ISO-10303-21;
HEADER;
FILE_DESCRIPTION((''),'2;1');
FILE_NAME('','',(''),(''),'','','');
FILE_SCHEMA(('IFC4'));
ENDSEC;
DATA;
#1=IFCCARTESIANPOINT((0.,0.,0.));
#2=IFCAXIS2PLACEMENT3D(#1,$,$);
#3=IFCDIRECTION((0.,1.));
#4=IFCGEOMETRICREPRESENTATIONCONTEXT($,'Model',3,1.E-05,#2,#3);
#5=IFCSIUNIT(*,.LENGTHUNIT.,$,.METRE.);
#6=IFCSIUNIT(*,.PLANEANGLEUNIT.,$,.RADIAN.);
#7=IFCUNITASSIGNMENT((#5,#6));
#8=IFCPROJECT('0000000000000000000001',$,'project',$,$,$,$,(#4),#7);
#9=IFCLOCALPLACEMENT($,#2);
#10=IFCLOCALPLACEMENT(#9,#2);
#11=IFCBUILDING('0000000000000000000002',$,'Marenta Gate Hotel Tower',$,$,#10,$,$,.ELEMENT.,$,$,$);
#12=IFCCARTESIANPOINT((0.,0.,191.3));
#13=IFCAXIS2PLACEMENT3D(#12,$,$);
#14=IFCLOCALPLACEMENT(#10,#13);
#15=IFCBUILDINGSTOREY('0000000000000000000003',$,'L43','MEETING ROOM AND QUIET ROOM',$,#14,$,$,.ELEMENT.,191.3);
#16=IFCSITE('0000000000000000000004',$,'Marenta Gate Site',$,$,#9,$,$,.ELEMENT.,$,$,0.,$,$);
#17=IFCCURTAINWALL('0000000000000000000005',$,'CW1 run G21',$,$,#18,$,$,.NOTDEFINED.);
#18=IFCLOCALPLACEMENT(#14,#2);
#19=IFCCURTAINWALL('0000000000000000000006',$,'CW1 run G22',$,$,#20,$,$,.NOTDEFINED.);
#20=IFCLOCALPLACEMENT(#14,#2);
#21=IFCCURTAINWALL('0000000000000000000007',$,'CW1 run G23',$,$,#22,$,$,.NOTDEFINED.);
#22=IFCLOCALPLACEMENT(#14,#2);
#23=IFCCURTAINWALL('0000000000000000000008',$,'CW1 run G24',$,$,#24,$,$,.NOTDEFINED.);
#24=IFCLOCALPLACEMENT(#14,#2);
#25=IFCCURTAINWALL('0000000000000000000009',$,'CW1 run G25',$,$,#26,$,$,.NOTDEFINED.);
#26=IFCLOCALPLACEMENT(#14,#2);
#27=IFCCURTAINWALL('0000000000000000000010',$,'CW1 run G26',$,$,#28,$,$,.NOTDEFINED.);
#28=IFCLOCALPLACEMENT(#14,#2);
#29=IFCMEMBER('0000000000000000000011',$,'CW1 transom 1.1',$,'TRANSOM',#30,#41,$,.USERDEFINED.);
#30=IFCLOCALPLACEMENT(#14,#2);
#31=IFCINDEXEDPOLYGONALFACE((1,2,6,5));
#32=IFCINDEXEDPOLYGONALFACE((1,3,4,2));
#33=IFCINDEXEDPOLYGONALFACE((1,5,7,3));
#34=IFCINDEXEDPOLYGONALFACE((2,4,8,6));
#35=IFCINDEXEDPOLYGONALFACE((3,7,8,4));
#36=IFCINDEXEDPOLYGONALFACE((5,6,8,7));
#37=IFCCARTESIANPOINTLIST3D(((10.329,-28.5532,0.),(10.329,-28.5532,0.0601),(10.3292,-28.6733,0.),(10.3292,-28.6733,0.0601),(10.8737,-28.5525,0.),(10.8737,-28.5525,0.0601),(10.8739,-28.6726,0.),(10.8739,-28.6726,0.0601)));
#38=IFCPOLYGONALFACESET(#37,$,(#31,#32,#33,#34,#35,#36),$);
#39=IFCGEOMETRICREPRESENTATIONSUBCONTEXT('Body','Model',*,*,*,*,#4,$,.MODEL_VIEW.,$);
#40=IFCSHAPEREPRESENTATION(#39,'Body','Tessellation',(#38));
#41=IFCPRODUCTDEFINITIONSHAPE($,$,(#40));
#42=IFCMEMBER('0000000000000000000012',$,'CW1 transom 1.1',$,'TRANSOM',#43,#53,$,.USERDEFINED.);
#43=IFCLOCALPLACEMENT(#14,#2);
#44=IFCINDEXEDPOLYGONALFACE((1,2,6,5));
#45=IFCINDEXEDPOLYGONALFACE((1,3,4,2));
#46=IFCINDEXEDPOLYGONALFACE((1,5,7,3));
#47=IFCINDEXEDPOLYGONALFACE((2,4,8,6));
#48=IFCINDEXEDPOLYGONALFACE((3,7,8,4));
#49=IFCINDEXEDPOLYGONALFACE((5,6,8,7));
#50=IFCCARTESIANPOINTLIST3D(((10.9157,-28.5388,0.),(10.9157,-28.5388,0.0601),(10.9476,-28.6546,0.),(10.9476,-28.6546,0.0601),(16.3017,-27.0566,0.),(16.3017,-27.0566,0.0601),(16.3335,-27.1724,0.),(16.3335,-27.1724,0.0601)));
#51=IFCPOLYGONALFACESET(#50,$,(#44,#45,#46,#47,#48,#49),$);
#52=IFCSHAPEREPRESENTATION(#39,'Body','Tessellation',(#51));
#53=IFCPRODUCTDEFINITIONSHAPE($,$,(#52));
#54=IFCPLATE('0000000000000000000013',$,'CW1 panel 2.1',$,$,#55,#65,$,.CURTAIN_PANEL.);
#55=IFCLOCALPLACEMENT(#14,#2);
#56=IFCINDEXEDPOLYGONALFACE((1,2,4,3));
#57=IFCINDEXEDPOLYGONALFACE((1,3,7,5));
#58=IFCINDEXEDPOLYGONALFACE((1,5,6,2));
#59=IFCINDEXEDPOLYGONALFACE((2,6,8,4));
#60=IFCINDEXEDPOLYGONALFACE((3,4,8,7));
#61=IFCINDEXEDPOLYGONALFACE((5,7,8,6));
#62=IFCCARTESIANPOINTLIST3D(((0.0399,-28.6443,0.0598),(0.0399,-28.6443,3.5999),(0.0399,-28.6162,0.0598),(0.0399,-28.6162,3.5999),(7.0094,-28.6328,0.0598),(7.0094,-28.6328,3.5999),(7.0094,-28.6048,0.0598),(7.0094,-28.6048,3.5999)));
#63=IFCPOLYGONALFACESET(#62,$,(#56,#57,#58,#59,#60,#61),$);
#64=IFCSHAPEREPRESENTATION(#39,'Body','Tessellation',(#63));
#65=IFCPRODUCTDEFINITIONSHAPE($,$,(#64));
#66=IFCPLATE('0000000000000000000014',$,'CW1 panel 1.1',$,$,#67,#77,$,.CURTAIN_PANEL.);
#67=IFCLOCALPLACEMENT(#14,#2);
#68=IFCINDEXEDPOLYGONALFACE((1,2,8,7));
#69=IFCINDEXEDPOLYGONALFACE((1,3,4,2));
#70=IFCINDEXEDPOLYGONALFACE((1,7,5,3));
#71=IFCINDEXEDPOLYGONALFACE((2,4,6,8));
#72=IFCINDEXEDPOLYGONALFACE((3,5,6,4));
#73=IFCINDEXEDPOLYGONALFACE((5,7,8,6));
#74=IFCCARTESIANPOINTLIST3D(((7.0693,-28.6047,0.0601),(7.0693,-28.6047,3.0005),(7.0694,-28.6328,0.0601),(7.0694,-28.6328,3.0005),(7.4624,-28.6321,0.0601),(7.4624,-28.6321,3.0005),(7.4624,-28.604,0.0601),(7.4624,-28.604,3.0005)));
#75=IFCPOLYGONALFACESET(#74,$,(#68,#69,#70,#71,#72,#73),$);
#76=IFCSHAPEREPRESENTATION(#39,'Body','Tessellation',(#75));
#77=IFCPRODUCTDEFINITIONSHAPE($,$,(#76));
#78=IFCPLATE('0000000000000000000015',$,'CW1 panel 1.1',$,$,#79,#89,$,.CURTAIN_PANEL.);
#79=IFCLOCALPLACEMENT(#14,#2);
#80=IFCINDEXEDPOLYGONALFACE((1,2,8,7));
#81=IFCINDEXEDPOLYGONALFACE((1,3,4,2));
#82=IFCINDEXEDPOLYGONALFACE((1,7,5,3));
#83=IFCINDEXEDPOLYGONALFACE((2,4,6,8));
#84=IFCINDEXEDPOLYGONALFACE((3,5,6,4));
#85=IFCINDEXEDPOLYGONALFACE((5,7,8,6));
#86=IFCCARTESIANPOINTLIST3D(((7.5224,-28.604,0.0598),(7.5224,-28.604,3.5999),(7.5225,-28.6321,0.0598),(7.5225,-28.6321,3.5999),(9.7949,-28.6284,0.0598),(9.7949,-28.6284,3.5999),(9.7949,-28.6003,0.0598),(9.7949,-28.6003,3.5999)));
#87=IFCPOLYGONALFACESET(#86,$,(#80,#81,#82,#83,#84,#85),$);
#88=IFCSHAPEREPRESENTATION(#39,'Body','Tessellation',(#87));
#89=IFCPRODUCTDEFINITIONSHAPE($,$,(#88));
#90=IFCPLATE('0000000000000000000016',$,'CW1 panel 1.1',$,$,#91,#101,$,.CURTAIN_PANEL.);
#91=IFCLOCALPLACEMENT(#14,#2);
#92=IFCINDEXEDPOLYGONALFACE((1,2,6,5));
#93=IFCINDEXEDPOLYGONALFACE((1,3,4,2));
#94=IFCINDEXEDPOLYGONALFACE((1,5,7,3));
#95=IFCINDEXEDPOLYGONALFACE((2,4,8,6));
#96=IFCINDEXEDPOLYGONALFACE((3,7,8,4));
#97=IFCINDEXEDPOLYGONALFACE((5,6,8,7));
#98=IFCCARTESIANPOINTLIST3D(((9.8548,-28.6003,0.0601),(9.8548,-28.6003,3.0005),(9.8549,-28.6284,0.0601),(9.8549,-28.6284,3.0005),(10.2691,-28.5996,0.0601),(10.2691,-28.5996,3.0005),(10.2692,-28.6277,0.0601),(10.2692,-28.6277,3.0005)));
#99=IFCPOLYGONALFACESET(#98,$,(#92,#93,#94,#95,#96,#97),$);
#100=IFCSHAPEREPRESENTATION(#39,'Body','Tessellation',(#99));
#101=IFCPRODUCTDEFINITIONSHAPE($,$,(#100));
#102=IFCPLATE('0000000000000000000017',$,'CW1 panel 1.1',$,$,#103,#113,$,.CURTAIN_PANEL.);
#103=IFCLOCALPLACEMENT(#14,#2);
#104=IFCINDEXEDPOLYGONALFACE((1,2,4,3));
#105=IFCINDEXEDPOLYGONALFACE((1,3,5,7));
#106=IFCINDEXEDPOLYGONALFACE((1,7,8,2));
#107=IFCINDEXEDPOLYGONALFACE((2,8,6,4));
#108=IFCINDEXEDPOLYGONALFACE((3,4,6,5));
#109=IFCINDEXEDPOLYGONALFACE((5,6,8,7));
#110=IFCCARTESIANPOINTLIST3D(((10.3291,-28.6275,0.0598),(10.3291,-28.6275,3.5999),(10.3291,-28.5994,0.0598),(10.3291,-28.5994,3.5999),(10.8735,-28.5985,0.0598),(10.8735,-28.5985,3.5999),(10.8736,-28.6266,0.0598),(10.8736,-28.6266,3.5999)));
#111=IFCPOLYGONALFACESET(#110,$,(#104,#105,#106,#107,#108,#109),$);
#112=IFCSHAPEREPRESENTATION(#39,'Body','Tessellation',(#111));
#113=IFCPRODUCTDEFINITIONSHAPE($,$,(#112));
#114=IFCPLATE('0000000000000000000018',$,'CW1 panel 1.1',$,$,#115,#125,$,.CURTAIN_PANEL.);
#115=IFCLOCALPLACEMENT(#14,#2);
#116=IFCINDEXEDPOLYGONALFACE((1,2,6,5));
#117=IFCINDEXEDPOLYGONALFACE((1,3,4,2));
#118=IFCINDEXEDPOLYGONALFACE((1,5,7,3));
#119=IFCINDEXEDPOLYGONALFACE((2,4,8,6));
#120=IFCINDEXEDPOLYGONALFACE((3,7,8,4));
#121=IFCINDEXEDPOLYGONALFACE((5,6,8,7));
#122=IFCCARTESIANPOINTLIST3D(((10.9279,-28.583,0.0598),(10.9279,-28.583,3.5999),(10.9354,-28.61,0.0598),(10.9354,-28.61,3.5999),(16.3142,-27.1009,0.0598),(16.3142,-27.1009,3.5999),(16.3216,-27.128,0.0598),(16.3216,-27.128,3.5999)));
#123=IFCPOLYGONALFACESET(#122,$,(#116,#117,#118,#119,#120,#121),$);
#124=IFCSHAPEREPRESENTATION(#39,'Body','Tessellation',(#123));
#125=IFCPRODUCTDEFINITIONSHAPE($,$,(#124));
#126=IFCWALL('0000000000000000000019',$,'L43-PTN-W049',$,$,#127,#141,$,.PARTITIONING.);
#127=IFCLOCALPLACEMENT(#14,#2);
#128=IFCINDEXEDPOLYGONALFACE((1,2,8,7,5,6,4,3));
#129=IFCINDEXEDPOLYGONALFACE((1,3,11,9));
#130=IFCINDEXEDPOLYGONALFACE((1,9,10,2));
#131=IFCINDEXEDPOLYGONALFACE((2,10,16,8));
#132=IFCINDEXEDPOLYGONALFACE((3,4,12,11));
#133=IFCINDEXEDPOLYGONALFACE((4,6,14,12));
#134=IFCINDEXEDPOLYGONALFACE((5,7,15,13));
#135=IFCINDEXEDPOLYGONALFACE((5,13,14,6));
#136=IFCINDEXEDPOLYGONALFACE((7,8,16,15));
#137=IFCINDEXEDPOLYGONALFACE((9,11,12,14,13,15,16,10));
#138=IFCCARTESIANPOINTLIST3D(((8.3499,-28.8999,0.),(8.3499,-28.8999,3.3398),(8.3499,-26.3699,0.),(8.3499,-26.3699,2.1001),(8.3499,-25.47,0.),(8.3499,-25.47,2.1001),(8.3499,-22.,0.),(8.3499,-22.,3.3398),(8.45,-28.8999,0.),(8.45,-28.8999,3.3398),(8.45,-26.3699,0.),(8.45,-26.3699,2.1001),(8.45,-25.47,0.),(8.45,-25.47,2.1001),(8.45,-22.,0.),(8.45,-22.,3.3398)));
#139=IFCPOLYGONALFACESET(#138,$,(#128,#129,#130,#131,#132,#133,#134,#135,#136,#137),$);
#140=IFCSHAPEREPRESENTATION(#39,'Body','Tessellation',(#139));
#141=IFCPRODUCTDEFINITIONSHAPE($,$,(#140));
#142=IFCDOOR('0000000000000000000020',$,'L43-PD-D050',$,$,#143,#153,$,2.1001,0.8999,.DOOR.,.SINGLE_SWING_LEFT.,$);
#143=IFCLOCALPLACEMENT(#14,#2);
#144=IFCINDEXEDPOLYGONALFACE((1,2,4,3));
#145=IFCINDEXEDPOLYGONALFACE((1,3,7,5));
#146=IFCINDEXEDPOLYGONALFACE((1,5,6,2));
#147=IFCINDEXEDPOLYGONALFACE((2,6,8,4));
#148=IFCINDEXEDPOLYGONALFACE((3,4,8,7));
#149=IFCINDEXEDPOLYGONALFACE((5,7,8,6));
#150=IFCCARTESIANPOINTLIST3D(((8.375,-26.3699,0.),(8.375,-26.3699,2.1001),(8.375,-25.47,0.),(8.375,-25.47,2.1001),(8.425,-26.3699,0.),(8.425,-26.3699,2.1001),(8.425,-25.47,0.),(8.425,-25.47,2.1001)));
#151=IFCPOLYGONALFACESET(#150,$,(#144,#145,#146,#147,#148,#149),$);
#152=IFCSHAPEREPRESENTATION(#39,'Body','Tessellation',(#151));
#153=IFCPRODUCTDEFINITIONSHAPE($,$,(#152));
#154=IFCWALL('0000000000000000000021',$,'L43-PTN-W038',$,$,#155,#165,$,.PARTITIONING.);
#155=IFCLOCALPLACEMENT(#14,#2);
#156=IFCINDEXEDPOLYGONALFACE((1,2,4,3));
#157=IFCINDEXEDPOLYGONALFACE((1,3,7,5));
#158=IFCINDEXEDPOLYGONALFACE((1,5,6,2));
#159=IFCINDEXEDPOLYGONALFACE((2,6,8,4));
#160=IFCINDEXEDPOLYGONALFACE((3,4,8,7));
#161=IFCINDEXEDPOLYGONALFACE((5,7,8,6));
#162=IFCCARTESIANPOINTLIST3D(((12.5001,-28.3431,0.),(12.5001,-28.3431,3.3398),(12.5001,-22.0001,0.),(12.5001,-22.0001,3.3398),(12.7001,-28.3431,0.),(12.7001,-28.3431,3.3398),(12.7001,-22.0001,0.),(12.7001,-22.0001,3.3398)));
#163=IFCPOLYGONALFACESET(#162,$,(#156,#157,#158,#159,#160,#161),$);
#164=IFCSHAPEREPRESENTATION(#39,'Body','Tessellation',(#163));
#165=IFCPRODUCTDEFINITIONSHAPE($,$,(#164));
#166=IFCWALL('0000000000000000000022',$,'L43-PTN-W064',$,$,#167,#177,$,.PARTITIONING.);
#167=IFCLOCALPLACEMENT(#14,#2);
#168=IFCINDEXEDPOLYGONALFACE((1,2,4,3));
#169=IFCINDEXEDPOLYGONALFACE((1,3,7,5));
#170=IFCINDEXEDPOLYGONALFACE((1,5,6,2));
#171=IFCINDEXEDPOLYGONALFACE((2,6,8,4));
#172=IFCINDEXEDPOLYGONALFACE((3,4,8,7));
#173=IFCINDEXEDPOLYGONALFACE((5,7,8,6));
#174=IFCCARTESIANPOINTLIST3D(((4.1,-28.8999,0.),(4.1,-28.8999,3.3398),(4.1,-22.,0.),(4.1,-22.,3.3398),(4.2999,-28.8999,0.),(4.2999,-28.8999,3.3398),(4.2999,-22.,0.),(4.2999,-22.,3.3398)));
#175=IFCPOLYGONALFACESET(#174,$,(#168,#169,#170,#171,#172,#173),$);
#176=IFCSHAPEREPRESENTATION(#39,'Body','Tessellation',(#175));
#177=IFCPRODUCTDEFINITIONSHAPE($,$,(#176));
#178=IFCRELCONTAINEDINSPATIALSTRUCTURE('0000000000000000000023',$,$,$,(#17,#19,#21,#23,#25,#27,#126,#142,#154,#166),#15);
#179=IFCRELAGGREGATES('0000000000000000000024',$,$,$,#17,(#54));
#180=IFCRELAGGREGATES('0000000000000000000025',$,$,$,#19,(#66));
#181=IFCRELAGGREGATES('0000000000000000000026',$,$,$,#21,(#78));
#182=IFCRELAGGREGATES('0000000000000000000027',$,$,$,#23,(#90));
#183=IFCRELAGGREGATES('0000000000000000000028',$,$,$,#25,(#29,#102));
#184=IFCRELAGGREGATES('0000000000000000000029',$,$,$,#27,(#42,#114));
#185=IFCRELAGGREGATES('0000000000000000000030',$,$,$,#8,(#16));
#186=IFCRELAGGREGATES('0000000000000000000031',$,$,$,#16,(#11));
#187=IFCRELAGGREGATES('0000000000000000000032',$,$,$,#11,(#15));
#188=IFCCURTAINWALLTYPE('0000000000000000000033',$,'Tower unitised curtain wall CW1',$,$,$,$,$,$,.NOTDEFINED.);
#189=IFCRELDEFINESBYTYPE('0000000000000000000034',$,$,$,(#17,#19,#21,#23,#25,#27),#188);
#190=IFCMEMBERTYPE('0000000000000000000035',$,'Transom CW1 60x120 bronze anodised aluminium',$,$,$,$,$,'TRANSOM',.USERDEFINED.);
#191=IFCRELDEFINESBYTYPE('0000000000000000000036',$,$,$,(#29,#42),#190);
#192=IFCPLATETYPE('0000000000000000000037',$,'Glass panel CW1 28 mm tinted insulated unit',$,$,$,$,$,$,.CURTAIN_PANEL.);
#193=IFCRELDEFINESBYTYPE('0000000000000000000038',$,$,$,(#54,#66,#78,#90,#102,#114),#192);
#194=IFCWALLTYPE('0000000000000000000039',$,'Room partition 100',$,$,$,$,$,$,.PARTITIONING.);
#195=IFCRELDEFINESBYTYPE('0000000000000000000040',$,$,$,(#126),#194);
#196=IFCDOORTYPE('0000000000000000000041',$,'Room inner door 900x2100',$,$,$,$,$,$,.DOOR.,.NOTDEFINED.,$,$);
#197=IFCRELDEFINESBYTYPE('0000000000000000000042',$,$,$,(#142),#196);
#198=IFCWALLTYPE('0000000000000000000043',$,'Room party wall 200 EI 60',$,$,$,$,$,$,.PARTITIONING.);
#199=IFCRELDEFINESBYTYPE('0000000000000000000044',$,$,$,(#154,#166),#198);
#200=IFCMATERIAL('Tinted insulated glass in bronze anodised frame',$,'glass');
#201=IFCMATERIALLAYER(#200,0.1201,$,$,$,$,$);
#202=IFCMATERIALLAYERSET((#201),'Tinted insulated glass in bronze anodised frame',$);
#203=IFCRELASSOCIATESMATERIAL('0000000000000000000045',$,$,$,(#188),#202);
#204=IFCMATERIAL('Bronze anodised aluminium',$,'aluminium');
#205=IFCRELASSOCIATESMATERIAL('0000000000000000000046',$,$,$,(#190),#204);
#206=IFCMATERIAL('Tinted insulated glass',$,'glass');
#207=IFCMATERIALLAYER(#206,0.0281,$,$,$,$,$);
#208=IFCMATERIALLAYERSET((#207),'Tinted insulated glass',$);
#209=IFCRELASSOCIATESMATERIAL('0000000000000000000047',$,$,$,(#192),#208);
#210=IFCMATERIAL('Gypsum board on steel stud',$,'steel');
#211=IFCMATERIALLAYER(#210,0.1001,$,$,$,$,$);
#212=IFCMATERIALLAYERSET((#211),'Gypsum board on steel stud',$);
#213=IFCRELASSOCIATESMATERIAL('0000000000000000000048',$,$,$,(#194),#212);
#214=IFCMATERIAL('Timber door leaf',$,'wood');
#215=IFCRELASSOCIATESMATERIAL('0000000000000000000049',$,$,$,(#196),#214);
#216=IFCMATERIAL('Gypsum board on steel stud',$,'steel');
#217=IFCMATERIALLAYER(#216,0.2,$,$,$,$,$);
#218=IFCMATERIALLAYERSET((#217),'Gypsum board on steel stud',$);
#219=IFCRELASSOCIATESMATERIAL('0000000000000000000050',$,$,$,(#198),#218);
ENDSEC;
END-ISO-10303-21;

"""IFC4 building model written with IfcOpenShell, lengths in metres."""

from ifc_helpers import new_model, si_unit, direction, frame, frame_2d, origin, origin_2d, place, context, subcontext, project, spatial, rectangle, extrude, material, layer, layer_set, material_profile, profile_set, type_object, element, fill, aggregate, save


model = new_model("IFC4")

# Units and contexts
model_context = context("Model", 3, precision=1e-05, world=origin(), true_north=direction((0.0, 1.0)))
body_context = subcontext(model_context, "Body", "Model", "MODEL_VIEW")
ifc_project = project(units=[si_unit("LENGTHUNIT", "METRE"), si_unit("PLANEANGLEUNIT", "RADIAN")], contexts=[model_context])

# Site, building, storey
site_placement = place(None, origin())
site = spatial("IfcSite", under=ifc_project, at=site_placement, Name="Marenta Gate Site", CompositionType="ELEMENT", RefElevation=0.0)
building_placement = place(site_placement, origin())
building = spatial("IfcBuilding", under=site, at=building_placement, Name="Marenta Gate Hotel Tower", CompositionType="ELEMENT")
storey_placement = place(building_placement, frame((0.0, 0.0, 191.3)))
storey = spatial("IfcBuildingStorey", under=building, at=storey_placement, Name="L43", Description="MEETING ROOM AND QUIET ROOM", CompositionType="ELEMENT", Elevation=191.3)

# Curtain walls
ifc_material_1 = material(Name="Tinted insulated glass in bronze anodised frame", Category="glass")
ifc_layer_1 = layer(ifc_material_1, 0.1201)
ifc_layer_set_1 = layer_set([ifc_layer_1], Name="Tinted insulated glass in bronze anodised frame")
curtain_wall_type = type_object("IfcCurtainWallType", Name="Tower unitised curtain wall CW1", PredefinedType="NOTDEFINED", material=ifc_layer_set_1)
curtain_wall_1_placement = place(storey_placement, origin())
curtain_wall_1 = element("IfcCurtainWall", 1, at=curtain_wall_1_placement, inside=storey, type_object=curtain_wall_type, Name="CW1 run G21", PredefinedType="NOTDEFINED")
curtain_wall_2_placement = place(storey_placement, origin())
curtain_wall_2 = element("IfcCurtainWall", 2, at=curtain_wall_2_placement, inside=storey, type_object=curtain_wall_type, Name="CW1 run G22", PredefinedType="NOTDEFINED")
curtain_wall_3_placement = place(storey_placement, origin())
curtain_wall_3 = element("IfcCurtainWall", 3, at=curtain_wall_3_placement, inside=storey, type_object=curtain_wall_type, Name="CW1 run G23", PredefinedType="NOTDEFINED")
curtain_wall_4_placement = place(storey_placement, origin())
curtain_wall_4 = element("IfcCurtainWall", 4, at=curtain_wall_4_placement, inside=storey, type_object=curtain_wall_type, Name="CW1 run G24", PredefinedType="NOTDEFINED")
curtain_wall_5_placement = place(storey_placement, origin())
curtain_wall_5 = element("IfcCurtainWall", 5, at=curtain_wall_5_placement, inside=storey, type_object=curtain_wall_type, Name="CW1 run G25", PredefinedType="NOTDEFINED")
curtain_wall_6_placement = place(storey_placement, origin())
curtain_wall_6 = element("IfcCurtainWall", 6, at=curtain_wall_6_placement, inside=storey, type_object=curtain_wall_type, Name="CW1 run G26", PredefinedType="NOTDEFINED")

# Members
ifc_material_2 = material(Name="Bronze anodised aluminium", Category="aluminium")
ifc_material_profile_1 = material_profile(ifc_material_2, rectangle(XDim=0.1201, YDim=0.0601, at=origin_2d()), Name="Transom CW1 60x120 bronze anodised aluminium")
ifc_profile_set_1 = profile_set([ifc_material_profile_1], Name="Bronze anodised aluminium")
member_type_1 = type_object("IfcMemberType", Name="Transom CW1 60x120 bronze anodised aluminium", ElementType="TRANSOM", PredefinedType="USERDEFINED", material=ifc_profile_set_1)
member_1_placement = place(storey_placement, frame((10.3291, -28.6133, 0.03), z_axis=(0.999999, 0.001345, 0.0), x_axis=(-0.001345, 0.999999, 0.0)))
member_1 = element("IfcMember", 7, at=member_1_placement, type_object=member_type_1, Name="CW1 transom 1.1", ObjectType="TRANSOM", PredefinedType="USERDEFINED", context=body_context, shape_type="SweptSolid", body=[
    extrude(rectangle(XDim=0.1201, YDim=0.0601, at=origin_2d()), origin(), (0.0, 0.0, 1.0), 0.5447),
])
member_2_placement = place(storey_placement, frame((10.9316, -28.5967, 0.03), z_axis=(0.964158, 0.265328, 0.0), x_axis=(-0.265328, 0.964158, 0.0)))
member_2 = element("IfcMember", 8, at=member_2_placement, type_object=member_type_1, Name="CW1 transom 1.1", ObjectType="TRANSOM", PredefinedType="USERDEFINED", context=body_context, shape_type="SweptSolid", body=[
    extrude(rectangle(XDim=0.1201, YDim=0.0601, at=origin_2d()), origin(), (0.0, 0.0, 1.0), 5.5862),
])

# Plates
ifc_material_3 = material(Name="Tinted insulated glass", Category="glass")
ifc_layer_2 = layer(ifc_material_3, 0.0281)
ifc_layer_set_2 = layer_set([ifc_layer_2], Name="Tinted insulated glass")
plate_type = type_object("IfcPlateType", Name="Glass panel CW1 28 mm tinted insulated unit", PredefinedType="CURTAIN_PANEL", material=ifc_layer_set_2)
plate_1_placement = place(storey_placement, frame((3.5247, -28.6245, 0.0598), z_axis=(0.0, 0.0, 1.0), x_axis=(0.999999, 0.001636, 0.0)))
plate_1 = element("IfcPlate", 9, at=plate_1_placement, type_object=plate_type, Name="CW1 panel 2.1", PredefinedType="CURTAIN_PANEL", context=body_context, shape_type="SweptSolid", body=[
    extrude(rectangle(XDim=6.9695, YDim=0.0281, at=origin_2d()), origin(), (0.0, 0.0, 1.0), 3.54),
])
aggregate(curtain_wall_1, [plate_1])
plate_2_placement = place(storey_placement, frame((7.2659, -28.6184, 0.0601), z_axis=(0.0, 0.0, 1.0), x_axis=(0.999998, 0.001766, 0.0)))
plate_2 = element("IfcPlate", 10, at=plate_2_placement, type_object=plate_type, Name="CW1 panel 1.1", PredefinedType="CURTAIN_PANEL", context=body_context, shape_type="SweptSolid", body=[
    extrude(rectangle(XDim=0.3931, YDim=0.0281, at=origin_2d()), origin(), (0.0, 0.0, 1.0), 2.9404),
])
aggregate(curtain_wall_2, [plate_2])
plate_3_placement = place(storey_placement, frame((8.6587, -28.6162, 0.0598), z_axis=(0.0, 0.0, 1.0), x_axis=(0.999999, 0.001629, 0.0)))
plate_3 = element("IfcPlate", 11, at=plate_3_placement, type_object=plate_type, Name="CW1 panel 1.1", PredefinedType="CURTAIN_PANEL", context=body_context, shape_type="SweptSolid", body=[
    extrude(rectangle(XDim=2.2725, YDim=0.0281, at=origin_2d()), origin(), (0.0, 0.0, 1.0), 3.54),
])
aggregate(curtain_wall_3, [plate_3])
plate_4_placement = place(storey_placement, frame((10.062, -28.614, 0.0601), z_axis=(0.0, 0.0, 1.0), x_axis=(0.999999, 0.001687, 0.0)))
plate_4 = element("IfcPlate", 12, at=plate_4_placement, type_object=plate_type, Name="CW1 panel 1.1", PredefinedType="CURTAIN_PANEL", context=body_context, shape_type="SweptSolid", body=[
    extrude(rectangle(XDim=0.4143, YDim=0.0281, at=origin_2d()), origin(), (0.0, 0.0, 1.0), 2.9404),
])
aggregate(curtain_wall_4, [plate_4])
plate_5_placement = place(storey_placement, frame((10.6013, -28.613, 0.0598), z_axis=(0.0, 0.0, 1.0), x_axis=(0.999999, 0.001654, 0.0)))
plate_5 = element("IfcPlate", 13, at=plate_5_placement, type_object=plate_type, Name="CW1 panel 1.1", PredefinedType="CURTAIN_PANEL", context=body_context, shape_type="SweptSolid", body=[
    extrude(rectangle(XDim=0.5444, YDim=0.0281, at=origin_2d()), origin(), (0.0, 0.0, 1.0), 3.54),
])
aggregate(curtain_wall_5, [member_1, plate_5])
plate_6_placement = place(storey_placement, frame((13.6248, -27.8555, 0.0598), z_axis=(0.0, 0.0, 1.0), x_axis=(0.964168, 0.265294, 0.0)))
plate_6 = element("IfcPlate", 14, at=plate_6_placement, type_object=plate_type, Name="CW1 panel 1.1", PredefinedType="CURTAIN_PANEL", context=body_context, shape_type="SweptSolid", body=[
    extrude(rectangle(XDim=5.5864, YDim=0.0281, at=origin_2d()), origin(), (0.0, 0.0, 1.0), 3.54),
])
aggregate(curtain_wall_6, [member_2, plate_6])

# Wall, opening, door
ifc_material_4 = material(Name="Gypsum board on steel stud", Category="steel")
ifc_layer_3 = layer(ifc_material_4, 0.1001)
ifc_layer_set_3 = layer_set([ifc_layer_3], Name="Gypsum board on steel stud")
wall_type_1 = type_object("IfcWallType", Name="Room partition 100", PredefinedType="PARTITIONING", material=ifc_layer_set_3)
wall_1_placement = place(storey_placement, frame((8.3999, -28.8999, 0.0), z_axis=(0.0, 0.0, 1.0), x_axis=(0.0, 1.0, 0.0)))
wall_1 = element("IfcWall", 15, at=wall_1_placement, inside=storey, type_object=wall_type_1, Name="L43-PTN-W049", PredefinedType="PARTITIONING", context=body_context, shape_type="SweptSolid", body=[
    extrude(rectangle(XDim=6.8999, YDim=0.1001, at=frame_2d((3.45, 0.0))), origin(), (0.0, 0.0, 1.0), 3.3398),
])
opening_placement = place(wall_1_placement, frame((2.53, 0.0, 0.0)))
opening = element("IfcOpeningElement", 16, at=opening_placement, cuts=wall_1, PredefinedType="OPENING", context=body_context, shape_type="SweptSolid", body=[
    extrude(rectangle(XDim=0.8999, YDim=2.1001, at=frame_2d((0.45, 1.05))), frame((0.0, 0.05, 0.0), z_axis=(0.0, -1.0, 0.0), x_axis=(1.0, 0.0, 0.0)), (0.0, 0.0, 1.0), 0.1001),
])
ifc_material_5 = material(Name="Timber door leaf", Category="wood")
door_type = type_object("IfcDoorType", Name="Room inner door 900x2100", OperationType="NOTDEFINED", PredefinedType="DOOR", material=ifc_material_5)
door_placement = place(opening_placement, origin())
door = element("IfcDoor", 17, at=door_placement, inside=storey, type_object=door_type, Name="L43-PD-D050", OperationType="SINGLE_SWING_LEFT", OverallHeight=2.1001, OverallWidth=0.8999, PredefinedType="DOOR", context=body_context, shape_type="SweptSolid", body=[
    extrude(rectangle(XDim=0.8999, YDim=2.1001, at=frame_2d((0.45, 1.05))), frame((0.0, 0.0249, 0.0), z_axis=(0.0, -1.0, 0.0), x_axis=(1.0, 0.0, 0.0)), (0.0, 0.0, 1.0), 0.05),
])
fill(opening, door)

# Walls
ifc_material_6 = material(Name="Gypsum board on steel stud", Category="steel")
ifc_layer_4 = layer(ifc_material_6, 0.2)
ifc_layer_set_4 = layer_set([ifc_layer_4], Name="Gypsum board on steel stud")
wall_type_2 = type_object("IfcWallType", Name="Room party wall 200 EI 60", PredefinedType="PARTITIONING", material=ifc_layer_set_4)
wall_2_placement = place(storey_placement, frame((12.6001, -28.343, 0.0), z_axis=(0.0, 0.0, 1.0), x_axis=(0.0, 1.0, 0.0)))
element("IfcWall", 18, at=wall_2_placement, inside=storey, type_object=wall_type_2, Name="L43-PTN-W038", PredefinedType="PARTITIONING", context=body_context, shape_type="SweptSolid", body=[
    extrude(rectangle(XDim=6.343, YDim=0.2, at=frame_2d((3.1714, 0.0))), origin(), (0.0, 0.0, 1.0), 3.3398),
])
wall_3_placement = place(storey_placement, frame((4.2, -28.8999, 0.0), z_axis=(0.0, 0.0, 1.0), x_axis=(0.0, 1.0, 0.0)))
element("IfcWall", 19, at=wall_3_placement, inside=storey, type_object=wall_type_2, Name="L43-PTN-W064", PredefinedType="PARTITIONING", context=body_context, shape_type="SweptSolid", body=[
    extrude(rectangle(XDim=6.8999, YDim=0.2, at=frame_2d((3.45, 0.0))), origin(), (0.0, 0.0, 1.0), 3.3398),
])

save(model, "model.ifc")
